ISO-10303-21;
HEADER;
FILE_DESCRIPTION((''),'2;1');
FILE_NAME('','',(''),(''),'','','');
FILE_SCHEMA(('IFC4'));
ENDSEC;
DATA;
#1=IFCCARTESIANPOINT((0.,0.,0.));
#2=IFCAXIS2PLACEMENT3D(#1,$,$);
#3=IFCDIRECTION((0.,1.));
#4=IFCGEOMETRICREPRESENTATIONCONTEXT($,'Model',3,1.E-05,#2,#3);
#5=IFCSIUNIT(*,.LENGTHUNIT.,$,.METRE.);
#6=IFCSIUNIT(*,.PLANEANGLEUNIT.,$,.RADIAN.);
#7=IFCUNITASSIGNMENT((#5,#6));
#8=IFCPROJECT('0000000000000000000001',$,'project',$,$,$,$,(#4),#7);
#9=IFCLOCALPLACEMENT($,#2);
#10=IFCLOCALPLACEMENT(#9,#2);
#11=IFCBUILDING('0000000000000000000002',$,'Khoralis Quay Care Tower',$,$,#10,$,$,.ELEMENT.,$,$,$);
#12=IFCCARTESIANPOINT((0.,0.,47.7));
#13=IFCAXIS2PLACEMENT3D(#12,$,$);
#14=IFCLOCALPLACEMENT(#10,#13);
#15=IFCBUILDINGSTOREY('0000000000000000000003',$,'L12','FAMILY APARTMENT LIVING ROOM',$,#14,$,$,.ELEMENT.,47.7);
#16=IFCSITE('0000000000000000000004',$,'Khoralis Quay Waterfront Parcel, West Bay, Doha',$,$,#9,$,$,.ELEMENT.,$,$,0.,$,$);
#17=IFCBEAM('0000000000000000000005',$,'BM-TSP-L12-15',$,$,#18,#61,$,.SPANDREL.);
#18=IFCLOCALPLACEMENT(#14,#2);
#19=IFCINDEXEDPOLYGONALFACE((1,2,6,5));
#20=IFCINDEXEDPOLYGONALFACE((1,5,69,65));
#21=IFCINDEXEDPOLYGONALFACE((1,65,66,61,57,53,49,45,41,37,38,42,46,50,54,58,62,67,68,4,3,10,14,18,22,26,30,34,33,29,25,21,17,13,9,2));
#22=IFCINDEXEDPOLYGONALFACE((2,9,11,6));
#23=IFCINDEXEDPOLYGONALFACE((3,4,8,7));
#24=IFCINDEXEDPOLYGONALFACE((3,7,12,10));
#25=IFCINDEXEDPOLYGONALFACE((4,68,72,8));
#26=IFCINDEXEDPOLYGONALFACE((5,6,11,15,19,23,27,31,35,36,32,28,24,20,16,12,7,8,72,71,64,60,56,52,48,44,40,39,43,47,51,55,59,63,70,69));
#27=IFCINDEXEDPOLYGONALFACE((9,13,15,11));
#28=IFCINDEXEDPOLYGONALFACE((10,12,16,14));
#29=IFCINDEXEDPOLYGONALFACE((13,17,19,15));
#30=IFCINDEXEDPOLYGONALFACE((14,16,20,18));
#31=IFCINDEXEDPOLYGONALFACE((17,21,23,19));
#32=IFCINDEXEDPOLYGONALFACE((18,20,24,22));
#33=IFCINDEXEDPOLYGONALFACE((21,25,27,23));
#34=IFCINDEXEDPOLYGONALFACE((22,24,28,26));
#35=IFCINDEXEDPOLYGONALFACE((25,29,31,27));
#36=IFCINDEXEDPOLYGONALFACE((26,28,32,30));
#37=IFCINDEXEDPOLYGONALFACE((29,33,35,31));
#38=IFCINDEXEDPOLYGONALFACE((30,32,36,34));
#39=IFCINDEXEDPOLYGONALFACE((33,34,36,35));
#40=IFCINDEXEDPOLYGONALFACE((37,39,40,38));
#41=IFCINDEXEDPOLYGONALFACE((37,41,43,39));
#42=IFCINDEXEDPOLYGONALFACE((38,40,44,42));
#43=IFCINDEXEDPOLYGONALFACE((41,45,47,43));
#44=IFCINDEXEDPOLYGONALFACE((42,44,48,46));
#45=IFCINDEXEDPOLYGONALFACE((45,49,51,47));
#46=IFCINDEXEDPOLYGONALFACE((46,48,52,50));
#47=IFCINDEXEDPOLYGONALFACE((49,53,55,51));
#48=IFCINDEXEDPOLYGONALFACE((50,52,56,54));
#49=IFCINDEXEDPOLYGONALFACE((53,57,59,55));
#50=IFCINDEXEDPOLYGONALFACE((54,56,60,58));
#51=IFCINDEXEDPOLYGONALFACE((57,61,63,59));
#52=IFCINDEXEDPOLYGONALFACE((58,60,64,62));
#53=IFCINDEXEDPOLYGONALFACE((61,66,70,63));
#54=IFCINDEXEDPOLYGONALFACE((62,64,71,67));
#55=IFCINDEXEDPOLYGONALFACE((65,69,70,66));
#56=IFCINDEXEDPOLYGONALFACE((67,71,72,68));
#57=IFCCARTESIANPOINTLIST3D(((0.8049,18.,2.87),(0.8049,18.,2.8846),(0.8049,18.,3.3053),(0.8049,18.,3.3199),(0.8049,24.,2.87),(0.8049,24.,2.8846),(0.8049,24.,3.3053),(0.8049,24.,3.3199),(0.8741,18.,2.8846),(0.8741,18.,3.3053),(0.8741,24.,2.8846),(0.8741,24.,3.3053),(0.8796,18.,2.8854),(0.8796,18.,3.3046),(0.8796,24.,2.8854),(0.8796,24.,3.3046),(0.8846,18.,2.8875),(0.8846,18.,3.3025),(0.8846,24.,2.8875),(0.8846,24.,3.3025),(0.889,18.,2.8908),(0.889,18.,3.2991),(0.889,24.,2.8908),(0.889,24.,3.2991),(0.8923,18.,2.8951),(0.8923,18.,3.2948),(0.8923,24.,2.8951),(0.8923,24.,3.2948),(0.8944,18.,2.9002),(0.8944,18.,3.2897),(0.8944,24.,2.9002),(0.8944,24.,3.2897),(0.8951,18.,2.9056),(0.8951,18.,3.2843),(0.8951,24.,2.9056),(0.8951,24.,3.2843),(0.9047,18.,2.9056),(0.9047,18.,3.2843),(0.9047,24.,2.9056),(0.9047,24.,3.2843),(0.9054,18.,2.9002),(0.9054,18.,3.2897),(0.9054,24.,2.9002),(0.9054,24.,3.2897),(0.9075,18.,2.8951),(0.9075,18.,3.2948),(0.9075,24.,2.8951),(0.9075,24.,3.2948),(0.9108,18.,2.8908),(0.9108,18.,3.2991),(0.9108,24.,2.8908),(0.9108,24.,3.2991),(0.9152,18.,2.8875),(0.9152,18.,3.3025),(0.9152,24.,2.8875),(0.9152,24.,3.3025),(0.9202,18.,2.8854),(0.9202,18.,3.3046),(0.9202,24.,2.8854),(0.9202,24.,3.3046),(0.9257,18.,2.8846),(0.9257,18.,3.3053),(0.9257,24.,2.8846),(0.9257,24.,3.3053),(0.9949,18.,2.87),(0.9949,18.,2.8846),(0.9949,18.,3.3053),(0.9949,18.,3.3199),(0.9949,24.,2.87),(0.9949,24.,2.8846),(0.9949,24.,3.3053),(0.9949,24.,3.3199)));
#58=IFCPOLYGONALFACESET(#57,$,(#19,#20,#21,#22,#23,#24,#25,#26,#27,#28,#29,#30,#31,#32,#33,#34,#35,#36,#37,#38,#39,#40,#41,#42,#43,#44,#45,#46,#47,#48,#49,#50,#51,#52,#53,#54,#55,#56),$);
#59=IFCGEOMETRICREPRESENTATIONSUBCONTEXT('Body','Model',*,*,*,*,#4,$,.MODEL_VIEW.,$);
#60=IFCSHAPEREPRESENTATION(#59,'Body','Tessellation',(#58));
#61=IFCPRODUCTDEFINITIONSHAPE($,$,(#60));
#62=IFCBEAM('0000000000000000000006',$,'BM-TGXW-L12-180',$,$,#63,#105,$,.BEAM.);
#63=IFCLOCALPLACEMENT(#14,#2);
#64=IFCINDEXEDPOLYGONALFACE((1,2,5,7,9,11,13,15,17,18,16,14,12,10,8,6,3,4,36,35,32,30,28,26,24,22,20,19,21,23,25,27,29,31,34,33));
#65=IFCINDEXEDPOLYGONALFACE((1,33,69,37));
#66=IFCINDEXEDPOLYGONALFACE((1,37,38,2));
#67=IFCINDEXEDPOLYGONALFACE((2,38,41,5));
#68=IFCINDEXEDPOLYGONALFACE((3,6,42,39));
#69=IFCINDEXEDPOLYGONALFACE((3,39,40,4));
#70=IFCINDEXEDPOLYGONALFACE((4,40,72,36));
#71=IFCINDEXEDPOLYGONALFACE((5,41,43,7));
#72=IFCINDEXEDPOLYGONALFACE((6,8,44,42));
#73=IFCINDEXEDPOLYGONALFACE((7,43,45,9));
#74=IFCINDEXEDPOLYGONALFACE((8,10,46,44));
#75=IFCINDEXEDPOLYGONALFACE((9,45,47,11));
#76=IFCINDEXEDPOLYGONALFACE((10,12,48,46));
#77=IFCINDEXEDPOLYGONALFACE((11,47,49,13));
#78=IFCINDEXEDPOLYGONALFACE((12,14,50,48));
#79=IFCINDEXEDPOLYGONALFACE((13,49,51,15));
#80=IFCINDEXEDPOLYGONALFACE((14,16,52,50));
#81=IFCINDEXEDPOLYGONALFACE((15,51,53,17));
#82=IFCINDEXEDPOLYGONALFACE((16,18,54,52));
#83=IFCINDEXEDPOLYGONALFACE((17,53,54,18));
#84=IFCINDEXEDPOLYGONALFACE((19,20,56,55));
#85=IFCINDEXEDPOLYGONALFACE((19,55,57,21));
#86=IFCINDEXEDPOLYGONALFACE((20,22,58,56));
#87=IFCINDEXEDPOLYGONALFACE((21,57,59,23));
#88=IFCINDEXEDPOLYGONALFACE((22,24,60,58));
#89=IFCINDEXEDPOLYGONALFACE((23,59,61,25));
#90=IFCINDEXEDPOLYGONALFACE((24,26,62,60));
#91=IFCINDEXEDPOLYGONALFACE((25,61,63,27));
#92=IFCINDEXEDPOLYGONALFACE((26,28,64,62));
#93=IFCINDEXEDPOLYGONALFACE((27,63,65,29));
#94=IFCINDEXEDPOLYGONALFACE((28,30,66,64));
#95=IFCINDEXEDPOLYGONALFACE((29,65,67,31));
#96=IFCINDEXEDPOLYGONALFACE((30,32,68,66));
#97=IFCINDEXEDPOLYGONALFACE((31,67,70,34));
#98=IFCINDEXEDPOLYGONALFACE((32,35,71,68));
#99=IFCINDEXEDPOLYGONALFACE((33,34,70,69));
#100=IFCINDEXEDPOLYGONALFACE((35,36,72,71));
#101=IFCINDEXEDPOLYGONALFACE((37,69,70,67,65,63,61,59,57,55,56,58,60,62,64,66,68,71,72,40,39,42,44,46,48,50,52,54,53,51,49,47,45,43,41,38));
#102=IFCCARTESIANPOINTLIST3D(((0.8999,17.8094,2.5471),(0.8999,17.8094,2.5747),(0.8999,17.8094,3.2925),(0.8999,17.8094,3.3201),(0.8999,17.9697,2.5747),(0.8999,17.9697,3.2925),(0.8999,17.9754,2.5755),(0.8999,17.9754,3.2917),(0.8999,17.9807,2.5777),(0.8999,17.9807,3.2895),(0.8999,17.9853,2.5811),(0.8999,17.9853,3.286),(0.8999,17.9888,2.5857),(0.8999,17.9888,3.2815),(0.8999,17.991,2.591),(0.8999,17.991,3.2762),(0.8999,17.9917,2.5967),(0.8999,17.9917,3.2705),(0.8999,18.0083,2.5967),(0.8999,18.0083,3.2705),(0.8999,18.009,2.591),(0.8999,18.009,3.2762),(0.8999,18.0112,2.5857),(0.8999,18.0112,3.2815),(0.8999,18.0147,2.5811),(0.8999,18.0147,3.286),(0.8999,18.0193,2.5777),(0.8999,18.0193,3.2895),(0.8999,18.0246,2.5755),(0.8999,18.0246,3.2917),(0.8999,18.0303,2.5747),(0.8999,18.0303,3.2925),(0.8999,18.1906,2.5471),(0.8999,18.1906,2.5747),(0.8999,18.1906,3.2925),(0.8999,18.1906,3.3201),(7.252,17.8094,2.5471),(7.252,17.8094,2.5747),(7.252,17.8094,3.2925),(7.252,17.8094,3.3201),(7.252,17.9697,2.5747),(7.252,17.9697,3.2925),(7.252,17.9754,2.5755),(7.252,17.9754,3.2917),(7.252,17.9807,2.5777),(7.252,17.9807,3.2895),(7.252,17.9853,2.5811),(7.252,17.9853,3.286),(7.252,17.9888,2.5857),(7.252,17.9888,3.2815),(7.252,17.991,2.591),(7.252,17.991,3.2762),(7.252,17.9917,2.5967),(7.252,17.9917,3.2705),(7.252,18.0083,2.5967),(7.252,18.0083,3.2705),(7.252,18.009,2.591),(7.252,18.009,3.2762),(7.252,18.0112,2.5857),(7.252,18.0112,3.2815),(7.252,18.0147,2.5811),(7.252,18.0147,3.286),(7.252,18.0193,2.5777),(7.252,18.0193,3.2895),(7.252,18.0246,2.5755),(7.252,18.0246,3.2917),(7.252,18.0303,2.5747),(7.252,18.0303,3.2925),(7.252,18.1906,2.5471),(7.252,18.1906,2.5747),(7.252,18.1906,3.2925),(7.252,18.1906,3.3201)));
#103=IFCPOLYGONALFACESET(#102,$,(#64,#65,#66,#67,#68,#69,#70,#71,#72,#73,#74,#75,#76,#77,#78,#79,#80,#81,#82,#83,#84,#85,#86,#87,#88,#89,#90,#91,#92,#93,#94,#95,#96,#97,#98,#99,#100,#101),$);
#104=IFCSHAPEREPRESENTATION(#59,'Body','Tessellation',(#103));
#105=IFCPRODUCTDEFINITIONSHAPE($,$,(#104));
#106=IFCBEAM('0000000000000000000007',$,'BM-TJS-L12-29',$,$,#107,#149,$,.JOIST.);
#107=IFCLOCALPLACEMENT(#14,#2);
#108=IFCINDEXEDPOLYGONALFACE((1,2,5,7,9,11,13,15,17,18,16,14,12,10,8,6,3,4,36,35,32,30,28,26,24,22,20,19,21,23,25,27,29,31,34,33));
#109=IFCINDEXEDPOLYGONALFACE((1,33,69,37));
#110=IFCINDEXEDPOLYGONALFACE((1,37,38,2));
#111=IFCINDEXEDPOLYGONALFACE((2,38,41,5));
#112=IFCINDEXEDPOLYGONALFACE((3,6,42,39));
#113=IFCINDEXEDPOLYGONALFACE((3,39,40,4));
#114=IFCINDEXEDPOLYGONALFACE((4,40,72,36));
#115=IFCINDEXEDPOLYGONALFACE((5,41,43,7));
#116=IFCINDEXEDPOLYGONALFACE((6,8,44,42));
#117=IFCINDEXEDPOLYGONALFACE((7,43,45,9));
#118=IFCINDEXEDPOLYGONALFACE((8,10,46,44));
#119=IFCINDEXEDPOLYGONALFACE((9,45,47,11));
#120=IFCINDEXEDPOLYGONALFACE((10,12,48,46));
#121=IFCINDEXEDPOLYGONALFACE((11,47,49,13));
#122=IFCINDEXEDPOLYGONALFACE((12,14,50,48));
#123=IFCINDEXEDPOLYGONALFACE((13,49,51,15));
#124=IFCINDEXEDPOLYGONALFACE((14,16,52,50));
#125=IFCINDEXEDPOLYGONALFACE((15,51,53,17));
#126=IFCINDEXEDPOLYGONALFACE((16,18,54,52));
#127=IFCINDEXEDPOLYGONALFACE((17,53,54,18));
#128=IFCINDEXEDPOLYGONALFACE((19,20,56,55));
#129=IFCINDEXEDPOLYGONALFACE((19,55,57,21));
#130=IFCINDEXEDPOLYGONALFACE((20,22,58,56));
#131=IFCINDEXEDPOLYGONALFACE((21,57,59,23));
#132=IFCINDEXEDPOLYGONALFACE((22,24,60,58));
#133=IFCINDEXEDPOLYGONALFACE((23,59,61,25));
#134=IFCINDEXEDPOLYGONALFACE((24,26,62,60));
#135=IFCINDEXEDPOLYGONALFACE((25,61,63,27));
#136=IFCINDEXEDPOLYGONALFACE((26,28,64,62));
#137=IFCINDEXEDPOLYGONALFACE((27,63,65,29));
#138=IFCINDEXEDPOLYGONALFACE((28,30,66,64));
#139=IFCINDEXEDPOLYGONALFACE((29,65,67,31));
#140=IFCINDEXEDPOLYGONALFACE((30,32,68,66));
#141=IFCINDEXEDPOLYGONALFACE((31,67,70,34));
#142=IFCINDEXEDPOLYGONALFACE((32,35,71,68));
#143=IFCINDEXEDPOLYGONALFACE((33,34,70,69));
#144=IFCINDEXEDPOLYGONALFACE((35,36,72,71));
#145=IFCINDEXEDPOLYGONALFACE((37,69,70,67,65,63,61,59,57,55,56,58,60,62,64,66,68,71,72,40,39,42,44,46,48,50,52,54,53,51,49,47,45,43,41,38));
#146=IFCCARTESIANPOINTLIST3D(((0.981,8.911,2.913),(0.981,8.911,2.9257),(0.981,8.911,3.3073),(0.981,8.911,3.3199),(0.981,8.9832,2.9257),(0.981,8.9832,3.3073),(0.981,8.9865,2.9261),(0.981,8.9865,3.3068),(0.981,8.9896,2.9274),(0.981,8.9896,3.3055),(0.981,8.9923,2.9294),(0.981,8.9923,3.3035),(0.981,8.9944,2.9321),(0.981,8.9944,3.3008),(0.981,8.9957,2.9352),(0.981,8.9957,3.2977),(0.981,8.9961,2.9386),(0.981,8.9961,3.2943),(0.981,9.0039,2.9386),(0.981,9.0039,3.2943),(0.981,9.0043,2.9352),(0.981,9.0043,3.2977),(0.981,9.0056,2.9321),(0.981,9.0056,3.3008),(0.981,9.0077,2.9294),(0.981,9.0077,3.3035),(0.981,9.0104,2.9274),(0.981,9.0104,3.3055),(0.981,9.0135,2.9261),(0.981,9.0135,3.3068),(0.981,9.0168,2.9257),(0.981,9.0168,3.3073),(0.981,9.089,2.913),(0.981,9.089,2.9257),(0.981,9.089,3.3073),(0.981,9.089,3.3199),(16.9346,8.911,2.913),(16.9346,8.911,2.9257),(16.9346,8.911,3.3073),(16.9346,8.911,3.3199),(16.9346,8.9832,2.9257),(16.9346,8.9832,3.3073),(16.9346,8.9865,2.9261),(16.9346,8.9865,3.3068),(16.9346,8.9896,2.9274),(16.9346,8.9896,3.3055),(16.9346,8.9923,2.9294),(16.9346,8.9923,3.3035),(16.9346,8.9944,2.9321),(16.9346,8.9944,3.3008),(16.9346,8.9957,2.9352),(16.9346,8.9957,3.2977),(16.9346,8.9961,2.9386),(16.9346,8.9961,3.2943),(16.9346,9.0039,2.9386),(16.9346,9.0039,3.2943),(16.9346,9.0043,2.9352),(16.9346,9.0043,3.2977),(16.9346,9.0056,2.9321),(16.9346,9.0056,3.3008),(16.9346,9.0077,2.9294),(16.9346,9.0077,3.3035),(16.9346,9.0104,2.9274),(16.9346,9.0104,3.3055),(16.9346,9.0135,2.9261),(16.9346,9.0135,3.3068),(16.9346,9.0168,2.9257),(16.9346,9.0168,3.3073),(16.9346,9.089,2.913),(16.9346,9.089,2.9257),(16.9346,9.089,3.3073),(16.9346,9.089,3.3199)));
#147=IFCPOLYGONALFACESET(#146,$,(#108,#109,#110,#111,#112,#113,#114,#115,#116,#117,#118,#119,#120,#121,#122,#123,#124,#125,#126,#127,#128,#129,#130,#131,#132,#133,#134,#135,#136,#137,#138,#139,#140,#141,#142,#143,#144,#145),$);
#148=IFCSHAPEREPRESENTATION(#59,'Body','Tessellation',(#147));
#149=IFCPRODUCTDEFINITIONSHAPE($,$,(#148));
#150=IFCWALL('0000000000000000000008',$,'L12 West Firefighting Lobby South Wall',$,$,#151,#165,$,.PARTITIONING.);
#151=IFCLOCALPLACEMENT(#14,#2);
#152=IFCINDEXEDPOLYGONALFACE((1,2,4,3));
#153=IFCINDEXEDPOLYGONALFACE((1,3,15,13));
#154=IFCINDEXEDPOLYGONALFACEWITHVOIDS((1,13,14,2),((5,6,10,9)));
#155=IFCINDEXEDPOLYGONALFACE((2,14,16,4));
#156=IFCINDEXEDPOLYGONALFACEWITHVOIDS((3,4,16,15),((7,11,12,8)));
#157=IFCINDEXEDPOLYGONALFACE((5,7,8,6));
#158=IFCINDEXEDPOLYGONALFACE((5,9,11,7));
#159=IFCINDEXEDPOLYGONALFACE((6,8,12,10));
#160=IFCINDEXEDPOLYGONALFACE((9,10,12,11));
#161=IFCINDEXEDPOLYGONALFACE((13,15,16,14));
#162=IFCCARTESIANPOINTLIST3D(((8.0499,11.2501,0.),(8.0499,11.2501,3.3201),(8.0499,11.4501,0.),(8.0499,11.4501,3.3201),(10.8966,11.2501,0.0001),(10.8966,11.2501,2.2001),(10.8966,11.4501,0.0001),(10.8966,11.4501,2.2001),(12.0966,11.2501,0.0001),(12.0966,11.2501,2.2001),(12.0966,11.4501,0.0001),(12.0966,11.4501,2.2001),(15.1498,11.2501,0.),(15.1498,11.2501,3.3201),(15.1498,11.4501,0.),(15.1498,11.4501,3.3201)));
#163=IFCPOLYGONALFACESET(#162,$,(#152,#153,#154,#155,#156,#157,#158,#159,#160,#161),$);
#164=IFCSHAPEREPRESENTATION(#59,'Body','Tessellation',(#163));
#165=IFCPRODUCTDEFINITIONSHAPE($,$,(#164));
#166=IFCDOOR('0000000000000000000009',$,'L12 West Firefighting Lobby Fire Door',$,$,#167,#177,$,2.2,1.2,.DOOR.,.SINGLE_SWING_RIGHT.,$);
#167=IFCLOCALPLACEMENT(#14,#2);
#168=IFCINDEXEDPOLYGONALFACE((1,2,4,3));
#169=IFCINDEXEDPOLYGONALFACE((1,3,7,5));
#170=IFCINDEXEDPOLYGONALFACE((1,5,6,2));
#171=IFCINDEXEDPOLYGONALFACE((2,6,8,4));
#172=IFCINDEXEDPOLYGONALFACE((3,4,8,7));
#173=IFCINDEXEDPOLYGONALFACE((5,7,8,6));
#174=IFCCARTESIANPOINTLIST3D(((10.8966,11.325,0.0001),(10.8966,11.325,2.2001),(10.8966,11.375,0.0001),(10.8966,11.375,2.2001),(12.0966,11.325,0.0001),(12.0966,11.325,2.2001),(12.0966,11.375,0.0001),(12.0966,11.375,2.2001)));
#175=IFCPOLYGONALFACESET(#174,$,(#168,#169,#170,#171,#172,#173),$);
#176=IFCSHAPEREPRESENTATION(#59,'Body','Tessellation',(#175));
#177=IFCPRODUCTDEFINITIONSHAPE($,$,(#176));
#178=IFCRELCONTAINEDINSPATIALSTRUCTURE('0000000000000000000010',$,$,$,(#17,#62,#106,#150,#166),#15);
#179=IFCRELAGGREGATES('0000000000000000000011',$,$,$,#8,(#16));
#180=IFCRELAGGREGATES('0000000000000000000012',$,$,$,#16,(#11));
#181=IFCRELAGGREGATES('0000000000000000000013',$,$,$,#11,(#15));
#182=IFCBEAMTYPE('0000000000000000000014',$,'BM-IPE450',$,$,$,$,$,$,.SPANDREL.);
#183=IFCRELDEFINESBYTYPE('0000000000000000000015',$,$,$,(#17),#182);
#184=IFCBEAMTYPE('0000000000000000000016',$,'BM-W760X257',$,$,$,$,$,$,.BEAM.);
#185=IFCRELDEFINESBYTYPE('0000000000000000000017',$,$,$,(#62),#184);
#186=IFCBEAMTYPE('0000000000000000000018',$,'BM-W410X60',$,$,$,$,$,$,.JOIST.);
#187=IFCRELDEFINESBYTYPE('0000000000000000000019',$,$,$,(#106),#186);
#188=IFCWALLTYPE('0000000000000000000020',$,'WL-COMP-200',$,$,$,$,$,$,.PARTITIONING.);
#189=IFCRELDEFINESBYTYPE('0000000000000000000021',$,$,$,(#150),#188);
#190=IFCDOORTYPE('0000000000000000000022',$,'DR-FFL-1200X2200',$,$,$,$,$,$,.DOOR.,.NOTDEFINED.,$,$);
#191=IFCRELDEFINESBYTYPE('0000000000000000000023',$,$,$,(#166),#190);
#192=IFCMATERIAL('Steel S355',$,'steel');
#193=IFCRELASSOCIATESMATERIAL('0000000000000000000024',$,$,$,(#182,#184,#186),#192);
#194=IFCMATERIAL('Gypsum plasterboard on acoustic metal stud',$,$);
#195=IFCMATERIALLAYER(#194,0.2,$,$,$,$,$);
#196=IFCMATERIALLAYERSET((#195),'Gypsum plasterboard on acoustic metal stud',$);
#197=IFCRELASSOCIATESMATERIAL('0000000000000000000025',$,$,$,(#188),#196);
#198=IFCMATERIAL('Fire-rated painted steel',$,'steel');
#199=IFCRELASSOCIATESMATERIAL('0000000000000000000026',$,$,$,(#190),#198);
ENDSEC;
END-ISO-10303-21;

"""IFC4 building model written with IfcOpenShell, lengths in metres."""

from ifc_helpers import new_model, si_unit, direction, frame, frame_2d, origin, origin_2d, place, context, subcontext, project, spatial, rectangle, i_section, extrude, source, transform, mapped, material, layer, layer_set, material_profile, profile_set, type_object, element, fill, save


model = new_model("IFC4")

# Units and contexts
model_context = context("Model", 3, precision=1e-05, world=origin(), true_north=direction((0.0, 1.0)))
body_context = subcontext(model_context, "Body", "Model", "MODEL_VIEW")
ifc_project = project(units=[si_unit("LENGTHUNIT", "METRE"), si_unit("PLANEANGLEUNIT", "RADIAN")], contexts=[model_context])

# Site, building, storey
site_placement = place(None, origin())
site = spatial("IfcSite", under=ifc_project, at=site_placement, Name="Khoralis Quay Waterfront Parcel, West Bay, Doha", CompositionType="ELEMENT", RefElevation=0.0)
building_placement = place(site_placement, origin())
building = spatial("IfcBuilding", under=site, at=building_placement, Name="Khoralis Quay Care Tower", CompositionType="ELEMENT")
storey_placement = place(building_placement, frame((0.0, 0.0, 47.7)))
storey = spatial("IfcBuildingStorey", under=building, at=storey_placement, Name="L12", Description="FAMILY APARTMENT LIVING ROOM", CompositionType="ELEMENT", Elevation=47.7)

# Beams
ifc_material_1 = material(Name="Steel S355", Category="steel")
ifc_material_profile_1 = material_profile(ifc_material_1, i_section(OverallWidth=0.1899, OverallDepth=0.45, WebThickness=0.0095, FlangeThickness=0.0146, FilletRadius=0.021, at=origin_2d()), Name="Steel S355")
ifc_profile_set_1 = profile_set([ifc_material_profile_1], Name="Steel S355")
beam_type_1 = type_object("IfcBeamType", Name="BM-IPE450", PredefinedType="SPANDREL", material=ifc_profile_set_1)
shared_shape_1 = source(origin(), body_context, "Body", "SweptSolid", [
    extrude(i_section(OverallWidth=0.1899, OverallDepth=0.45, WebThickness=0.0095, FlangeThickness=0.0146, FilletRadius=0.021, at=origin_2d()), origin(), (0.0, 0.0, 1.0), 6.0),
])
beam_1_placement = place(storey_placement, frame((0.8999, 18.0, 3.095), z_axis=(0.0, 1.0, 0.0), x_axis=(-1.0, 0.0, 0.0)))
element("IfcBeam", 1, at=beam_1_placement, inside=storey, type_object=beam_type_1, Name="BM-TSP-L12-15", PredefinedType="SPANDREL", context=body_context, shape_type="MappedRepresentation", body=[
    mapped(shared_shape_1, transform((0.0, 0.0, 0.0), scale=1.0)),
])
ifc_material_profile_2 = material_profile(ifc_material_1, i_section(OverallWidth=0.3811, OverallDepth=0.7729, WebThickness=0.0166, FlangeThickness=0.0276, FilletRadius=0.022, at=origin_2d()), Name="Steel S355")
ifc_profile_set_2 = profile_set([ifc_material_profile_2], Name="Steel S355")
beam_type_2 = type_object("IfcBeamType", Name="BM-W760X257", PredefinedType="BEAM", material=ifc_profile_set_2)
shared_shape_2 = source(origin(), body_context, "Body", "SweptSolid", [
    extrude(i_section(OverallWidth=0.3811, OverallDepth=0.7729, WebThickness=0.0166, FlangeThickness=0.0276, FilletRadius=0.022, at=origin_2d()), origin(), (0.0, 0.0, 1.0), 6.3521),
])
beam_2_placement = place(storey_placement, frame((0.8999, 18.0, 2.9336), z_axis=(1.0, 0.0, 0.0), x_axis=(0.0, 1.0, 0.0)))
element("IfcBeam", 2, at=beam_2_placement, inside=storey, type_object=beam_type_2, Name="BM-TGXW-L12-180", PredefinedType="BEAM", context=body_context, shape_type="MappedRepresentation", body=[
    mapped(shared_shape_2, transform((0.0, 0.0, 0.0), scale=1.0)),
])
ifc_material_profile_3 = material_profile(ifc_material_1, i_section(OverallWidth=0.178, OverallDepth=0.407, WebThickness=0.0078, FlangeThickness=0.0127, FilletRadius=0.0129, at=origin_2d()), Name="Steel S355")
ifc_profile_set_3 = profile_set([ifc_material_profile_3], Name="Steel S355")
beam_type_3 = type_object("IfcBeamType", Name="BM-W410X60", PredefinedType="JOIST", material=ifc_profile_set_3)
shared_shape_3 = source(origin(), body_context, "Body", "SweptSolid", [
    extrude(i_section(OverallWidth=0.178, OverallDepth=0.407, WebThickness=0.0078, FlangeThickness=0.0127, FilletRadius=0.0129, at=origin_2d()), origin(), (0.0, 0.0, 1.0), 15.9536),
])
beam_3_placement = place(storey_placement, frame((0.981, 9.0, 3.1165), z_axis=(1.0, 0.0, 0.0), x_axis=(0.0, 1.0, 0.0)))
element("IfcBeam", 3, at=beam_3_placement, inside=storey, type_object=beam_type_3, Name="BM-TJS-L12-29", PredefinedType="JOIST", context=body_context, shape_type="MappedRepresentation", body=[
    mapped(shared_shape_3, transform((0.0, 0.0, 0.0), scale=1.0)),
])

# Wall, opening, door
ifc_material_2 = material(Name="Gypsum plasterboard on acoustic metal stud")
ifc_layer_1 = layer(ifc_material_2, 0.2)
ifc_layer_set_1 = layer_set([ifc_layer_1], Name="Gypsum plasterboard on acoustic metal stud")
wall_type_1 = type_object("IfcWallType", Name="WL-COMP-200", PredefinedType="PARTITIONING", material=ifc_layer_set_1)
wall_1_placement = place(storey_placement, frame((8.05, 11.3501, 0.0), z_axis=(0.0, 0.0, 1.0), x_axis=(1.0, 0.0, 0.0)))
wall_1 = element("IfcWall", 4, at=wall_1_placement, inside=storey, type_object=wall_type_1, Name="L12 West Firefighting Lobby South Wall", PredefinedType="PARTITIONING", context=body_context, shape_type="SweptSolid", body=[
    extrude(rectangle(XDim=7.0999, YDim=0.2, at=frame_2d((3.5498, 0.0))), origin(), (0.0, 0.0, 1.0), 3.3201),
])
opening_1_placement = place(wall_1_placement, frame((2.8464, 0.0, 0.0)))
opening_1 = element("IfcOpeningElement", 5, at=opening_1_placement, cuts=wall_1, PredefinedType="OPENING", context=body_context, shape_type="SweptSolid", body=[
    extrude(rectangle(XDim=1.2, YDim=2.2, at=frame_2d((0.6001, 1.1001))), frame((0.0, 0.1099, 0.0), z_axis=(0.0, -1.0, 0.0), x_axis=(1.0, 0.0, 0.0)), (0.0, 0.0, 1.0), 0.22),
])
ifc_material_3 = material(Name="Fire-rated painted steel", Category="steel")
door_type_1 = type_object("IfcDoorType", Name="DR-FFL-1200X2200", OperationType="NOTDEFINED", PredefinedType="DOOR", material=ifc_material_3)
shared_shape_4 = source(origin(), body_context, "Body", "SweptSolid", [
    extrude(rectangle(XDim=1.2, YDim=2.2, at=frame_2d((0.6001, 1.1001))), frame((0.0, 0.0249, 0.0), z_axis=(0.0, -1.0, 0.0), x_axis=(1.0, 0.0, 0.0)), (0.0, 0.0, 1.0), 0.05),
])
door_1_placement = place(opening_1_placement, origin())
door_1 = element("IfcDoor", 6, at=door_1_placement, inside=storey, type_object=door_type_1, Name="L12 West Firefighting Lobby Fire Door", OperationType="SINGLE_SWING_RIGHT", OverallHeight=2.2, OverallWidth=1.2, PredefinedType="DOOR", context=body_context, shape_type="MappedRepresentation", body=[
    mapped(shared_shape_4, transform((0.0, 0.0, 0.0), scale=1.0)),
])
fill(opening_1, door_1)

save(model, "model.ifc")
